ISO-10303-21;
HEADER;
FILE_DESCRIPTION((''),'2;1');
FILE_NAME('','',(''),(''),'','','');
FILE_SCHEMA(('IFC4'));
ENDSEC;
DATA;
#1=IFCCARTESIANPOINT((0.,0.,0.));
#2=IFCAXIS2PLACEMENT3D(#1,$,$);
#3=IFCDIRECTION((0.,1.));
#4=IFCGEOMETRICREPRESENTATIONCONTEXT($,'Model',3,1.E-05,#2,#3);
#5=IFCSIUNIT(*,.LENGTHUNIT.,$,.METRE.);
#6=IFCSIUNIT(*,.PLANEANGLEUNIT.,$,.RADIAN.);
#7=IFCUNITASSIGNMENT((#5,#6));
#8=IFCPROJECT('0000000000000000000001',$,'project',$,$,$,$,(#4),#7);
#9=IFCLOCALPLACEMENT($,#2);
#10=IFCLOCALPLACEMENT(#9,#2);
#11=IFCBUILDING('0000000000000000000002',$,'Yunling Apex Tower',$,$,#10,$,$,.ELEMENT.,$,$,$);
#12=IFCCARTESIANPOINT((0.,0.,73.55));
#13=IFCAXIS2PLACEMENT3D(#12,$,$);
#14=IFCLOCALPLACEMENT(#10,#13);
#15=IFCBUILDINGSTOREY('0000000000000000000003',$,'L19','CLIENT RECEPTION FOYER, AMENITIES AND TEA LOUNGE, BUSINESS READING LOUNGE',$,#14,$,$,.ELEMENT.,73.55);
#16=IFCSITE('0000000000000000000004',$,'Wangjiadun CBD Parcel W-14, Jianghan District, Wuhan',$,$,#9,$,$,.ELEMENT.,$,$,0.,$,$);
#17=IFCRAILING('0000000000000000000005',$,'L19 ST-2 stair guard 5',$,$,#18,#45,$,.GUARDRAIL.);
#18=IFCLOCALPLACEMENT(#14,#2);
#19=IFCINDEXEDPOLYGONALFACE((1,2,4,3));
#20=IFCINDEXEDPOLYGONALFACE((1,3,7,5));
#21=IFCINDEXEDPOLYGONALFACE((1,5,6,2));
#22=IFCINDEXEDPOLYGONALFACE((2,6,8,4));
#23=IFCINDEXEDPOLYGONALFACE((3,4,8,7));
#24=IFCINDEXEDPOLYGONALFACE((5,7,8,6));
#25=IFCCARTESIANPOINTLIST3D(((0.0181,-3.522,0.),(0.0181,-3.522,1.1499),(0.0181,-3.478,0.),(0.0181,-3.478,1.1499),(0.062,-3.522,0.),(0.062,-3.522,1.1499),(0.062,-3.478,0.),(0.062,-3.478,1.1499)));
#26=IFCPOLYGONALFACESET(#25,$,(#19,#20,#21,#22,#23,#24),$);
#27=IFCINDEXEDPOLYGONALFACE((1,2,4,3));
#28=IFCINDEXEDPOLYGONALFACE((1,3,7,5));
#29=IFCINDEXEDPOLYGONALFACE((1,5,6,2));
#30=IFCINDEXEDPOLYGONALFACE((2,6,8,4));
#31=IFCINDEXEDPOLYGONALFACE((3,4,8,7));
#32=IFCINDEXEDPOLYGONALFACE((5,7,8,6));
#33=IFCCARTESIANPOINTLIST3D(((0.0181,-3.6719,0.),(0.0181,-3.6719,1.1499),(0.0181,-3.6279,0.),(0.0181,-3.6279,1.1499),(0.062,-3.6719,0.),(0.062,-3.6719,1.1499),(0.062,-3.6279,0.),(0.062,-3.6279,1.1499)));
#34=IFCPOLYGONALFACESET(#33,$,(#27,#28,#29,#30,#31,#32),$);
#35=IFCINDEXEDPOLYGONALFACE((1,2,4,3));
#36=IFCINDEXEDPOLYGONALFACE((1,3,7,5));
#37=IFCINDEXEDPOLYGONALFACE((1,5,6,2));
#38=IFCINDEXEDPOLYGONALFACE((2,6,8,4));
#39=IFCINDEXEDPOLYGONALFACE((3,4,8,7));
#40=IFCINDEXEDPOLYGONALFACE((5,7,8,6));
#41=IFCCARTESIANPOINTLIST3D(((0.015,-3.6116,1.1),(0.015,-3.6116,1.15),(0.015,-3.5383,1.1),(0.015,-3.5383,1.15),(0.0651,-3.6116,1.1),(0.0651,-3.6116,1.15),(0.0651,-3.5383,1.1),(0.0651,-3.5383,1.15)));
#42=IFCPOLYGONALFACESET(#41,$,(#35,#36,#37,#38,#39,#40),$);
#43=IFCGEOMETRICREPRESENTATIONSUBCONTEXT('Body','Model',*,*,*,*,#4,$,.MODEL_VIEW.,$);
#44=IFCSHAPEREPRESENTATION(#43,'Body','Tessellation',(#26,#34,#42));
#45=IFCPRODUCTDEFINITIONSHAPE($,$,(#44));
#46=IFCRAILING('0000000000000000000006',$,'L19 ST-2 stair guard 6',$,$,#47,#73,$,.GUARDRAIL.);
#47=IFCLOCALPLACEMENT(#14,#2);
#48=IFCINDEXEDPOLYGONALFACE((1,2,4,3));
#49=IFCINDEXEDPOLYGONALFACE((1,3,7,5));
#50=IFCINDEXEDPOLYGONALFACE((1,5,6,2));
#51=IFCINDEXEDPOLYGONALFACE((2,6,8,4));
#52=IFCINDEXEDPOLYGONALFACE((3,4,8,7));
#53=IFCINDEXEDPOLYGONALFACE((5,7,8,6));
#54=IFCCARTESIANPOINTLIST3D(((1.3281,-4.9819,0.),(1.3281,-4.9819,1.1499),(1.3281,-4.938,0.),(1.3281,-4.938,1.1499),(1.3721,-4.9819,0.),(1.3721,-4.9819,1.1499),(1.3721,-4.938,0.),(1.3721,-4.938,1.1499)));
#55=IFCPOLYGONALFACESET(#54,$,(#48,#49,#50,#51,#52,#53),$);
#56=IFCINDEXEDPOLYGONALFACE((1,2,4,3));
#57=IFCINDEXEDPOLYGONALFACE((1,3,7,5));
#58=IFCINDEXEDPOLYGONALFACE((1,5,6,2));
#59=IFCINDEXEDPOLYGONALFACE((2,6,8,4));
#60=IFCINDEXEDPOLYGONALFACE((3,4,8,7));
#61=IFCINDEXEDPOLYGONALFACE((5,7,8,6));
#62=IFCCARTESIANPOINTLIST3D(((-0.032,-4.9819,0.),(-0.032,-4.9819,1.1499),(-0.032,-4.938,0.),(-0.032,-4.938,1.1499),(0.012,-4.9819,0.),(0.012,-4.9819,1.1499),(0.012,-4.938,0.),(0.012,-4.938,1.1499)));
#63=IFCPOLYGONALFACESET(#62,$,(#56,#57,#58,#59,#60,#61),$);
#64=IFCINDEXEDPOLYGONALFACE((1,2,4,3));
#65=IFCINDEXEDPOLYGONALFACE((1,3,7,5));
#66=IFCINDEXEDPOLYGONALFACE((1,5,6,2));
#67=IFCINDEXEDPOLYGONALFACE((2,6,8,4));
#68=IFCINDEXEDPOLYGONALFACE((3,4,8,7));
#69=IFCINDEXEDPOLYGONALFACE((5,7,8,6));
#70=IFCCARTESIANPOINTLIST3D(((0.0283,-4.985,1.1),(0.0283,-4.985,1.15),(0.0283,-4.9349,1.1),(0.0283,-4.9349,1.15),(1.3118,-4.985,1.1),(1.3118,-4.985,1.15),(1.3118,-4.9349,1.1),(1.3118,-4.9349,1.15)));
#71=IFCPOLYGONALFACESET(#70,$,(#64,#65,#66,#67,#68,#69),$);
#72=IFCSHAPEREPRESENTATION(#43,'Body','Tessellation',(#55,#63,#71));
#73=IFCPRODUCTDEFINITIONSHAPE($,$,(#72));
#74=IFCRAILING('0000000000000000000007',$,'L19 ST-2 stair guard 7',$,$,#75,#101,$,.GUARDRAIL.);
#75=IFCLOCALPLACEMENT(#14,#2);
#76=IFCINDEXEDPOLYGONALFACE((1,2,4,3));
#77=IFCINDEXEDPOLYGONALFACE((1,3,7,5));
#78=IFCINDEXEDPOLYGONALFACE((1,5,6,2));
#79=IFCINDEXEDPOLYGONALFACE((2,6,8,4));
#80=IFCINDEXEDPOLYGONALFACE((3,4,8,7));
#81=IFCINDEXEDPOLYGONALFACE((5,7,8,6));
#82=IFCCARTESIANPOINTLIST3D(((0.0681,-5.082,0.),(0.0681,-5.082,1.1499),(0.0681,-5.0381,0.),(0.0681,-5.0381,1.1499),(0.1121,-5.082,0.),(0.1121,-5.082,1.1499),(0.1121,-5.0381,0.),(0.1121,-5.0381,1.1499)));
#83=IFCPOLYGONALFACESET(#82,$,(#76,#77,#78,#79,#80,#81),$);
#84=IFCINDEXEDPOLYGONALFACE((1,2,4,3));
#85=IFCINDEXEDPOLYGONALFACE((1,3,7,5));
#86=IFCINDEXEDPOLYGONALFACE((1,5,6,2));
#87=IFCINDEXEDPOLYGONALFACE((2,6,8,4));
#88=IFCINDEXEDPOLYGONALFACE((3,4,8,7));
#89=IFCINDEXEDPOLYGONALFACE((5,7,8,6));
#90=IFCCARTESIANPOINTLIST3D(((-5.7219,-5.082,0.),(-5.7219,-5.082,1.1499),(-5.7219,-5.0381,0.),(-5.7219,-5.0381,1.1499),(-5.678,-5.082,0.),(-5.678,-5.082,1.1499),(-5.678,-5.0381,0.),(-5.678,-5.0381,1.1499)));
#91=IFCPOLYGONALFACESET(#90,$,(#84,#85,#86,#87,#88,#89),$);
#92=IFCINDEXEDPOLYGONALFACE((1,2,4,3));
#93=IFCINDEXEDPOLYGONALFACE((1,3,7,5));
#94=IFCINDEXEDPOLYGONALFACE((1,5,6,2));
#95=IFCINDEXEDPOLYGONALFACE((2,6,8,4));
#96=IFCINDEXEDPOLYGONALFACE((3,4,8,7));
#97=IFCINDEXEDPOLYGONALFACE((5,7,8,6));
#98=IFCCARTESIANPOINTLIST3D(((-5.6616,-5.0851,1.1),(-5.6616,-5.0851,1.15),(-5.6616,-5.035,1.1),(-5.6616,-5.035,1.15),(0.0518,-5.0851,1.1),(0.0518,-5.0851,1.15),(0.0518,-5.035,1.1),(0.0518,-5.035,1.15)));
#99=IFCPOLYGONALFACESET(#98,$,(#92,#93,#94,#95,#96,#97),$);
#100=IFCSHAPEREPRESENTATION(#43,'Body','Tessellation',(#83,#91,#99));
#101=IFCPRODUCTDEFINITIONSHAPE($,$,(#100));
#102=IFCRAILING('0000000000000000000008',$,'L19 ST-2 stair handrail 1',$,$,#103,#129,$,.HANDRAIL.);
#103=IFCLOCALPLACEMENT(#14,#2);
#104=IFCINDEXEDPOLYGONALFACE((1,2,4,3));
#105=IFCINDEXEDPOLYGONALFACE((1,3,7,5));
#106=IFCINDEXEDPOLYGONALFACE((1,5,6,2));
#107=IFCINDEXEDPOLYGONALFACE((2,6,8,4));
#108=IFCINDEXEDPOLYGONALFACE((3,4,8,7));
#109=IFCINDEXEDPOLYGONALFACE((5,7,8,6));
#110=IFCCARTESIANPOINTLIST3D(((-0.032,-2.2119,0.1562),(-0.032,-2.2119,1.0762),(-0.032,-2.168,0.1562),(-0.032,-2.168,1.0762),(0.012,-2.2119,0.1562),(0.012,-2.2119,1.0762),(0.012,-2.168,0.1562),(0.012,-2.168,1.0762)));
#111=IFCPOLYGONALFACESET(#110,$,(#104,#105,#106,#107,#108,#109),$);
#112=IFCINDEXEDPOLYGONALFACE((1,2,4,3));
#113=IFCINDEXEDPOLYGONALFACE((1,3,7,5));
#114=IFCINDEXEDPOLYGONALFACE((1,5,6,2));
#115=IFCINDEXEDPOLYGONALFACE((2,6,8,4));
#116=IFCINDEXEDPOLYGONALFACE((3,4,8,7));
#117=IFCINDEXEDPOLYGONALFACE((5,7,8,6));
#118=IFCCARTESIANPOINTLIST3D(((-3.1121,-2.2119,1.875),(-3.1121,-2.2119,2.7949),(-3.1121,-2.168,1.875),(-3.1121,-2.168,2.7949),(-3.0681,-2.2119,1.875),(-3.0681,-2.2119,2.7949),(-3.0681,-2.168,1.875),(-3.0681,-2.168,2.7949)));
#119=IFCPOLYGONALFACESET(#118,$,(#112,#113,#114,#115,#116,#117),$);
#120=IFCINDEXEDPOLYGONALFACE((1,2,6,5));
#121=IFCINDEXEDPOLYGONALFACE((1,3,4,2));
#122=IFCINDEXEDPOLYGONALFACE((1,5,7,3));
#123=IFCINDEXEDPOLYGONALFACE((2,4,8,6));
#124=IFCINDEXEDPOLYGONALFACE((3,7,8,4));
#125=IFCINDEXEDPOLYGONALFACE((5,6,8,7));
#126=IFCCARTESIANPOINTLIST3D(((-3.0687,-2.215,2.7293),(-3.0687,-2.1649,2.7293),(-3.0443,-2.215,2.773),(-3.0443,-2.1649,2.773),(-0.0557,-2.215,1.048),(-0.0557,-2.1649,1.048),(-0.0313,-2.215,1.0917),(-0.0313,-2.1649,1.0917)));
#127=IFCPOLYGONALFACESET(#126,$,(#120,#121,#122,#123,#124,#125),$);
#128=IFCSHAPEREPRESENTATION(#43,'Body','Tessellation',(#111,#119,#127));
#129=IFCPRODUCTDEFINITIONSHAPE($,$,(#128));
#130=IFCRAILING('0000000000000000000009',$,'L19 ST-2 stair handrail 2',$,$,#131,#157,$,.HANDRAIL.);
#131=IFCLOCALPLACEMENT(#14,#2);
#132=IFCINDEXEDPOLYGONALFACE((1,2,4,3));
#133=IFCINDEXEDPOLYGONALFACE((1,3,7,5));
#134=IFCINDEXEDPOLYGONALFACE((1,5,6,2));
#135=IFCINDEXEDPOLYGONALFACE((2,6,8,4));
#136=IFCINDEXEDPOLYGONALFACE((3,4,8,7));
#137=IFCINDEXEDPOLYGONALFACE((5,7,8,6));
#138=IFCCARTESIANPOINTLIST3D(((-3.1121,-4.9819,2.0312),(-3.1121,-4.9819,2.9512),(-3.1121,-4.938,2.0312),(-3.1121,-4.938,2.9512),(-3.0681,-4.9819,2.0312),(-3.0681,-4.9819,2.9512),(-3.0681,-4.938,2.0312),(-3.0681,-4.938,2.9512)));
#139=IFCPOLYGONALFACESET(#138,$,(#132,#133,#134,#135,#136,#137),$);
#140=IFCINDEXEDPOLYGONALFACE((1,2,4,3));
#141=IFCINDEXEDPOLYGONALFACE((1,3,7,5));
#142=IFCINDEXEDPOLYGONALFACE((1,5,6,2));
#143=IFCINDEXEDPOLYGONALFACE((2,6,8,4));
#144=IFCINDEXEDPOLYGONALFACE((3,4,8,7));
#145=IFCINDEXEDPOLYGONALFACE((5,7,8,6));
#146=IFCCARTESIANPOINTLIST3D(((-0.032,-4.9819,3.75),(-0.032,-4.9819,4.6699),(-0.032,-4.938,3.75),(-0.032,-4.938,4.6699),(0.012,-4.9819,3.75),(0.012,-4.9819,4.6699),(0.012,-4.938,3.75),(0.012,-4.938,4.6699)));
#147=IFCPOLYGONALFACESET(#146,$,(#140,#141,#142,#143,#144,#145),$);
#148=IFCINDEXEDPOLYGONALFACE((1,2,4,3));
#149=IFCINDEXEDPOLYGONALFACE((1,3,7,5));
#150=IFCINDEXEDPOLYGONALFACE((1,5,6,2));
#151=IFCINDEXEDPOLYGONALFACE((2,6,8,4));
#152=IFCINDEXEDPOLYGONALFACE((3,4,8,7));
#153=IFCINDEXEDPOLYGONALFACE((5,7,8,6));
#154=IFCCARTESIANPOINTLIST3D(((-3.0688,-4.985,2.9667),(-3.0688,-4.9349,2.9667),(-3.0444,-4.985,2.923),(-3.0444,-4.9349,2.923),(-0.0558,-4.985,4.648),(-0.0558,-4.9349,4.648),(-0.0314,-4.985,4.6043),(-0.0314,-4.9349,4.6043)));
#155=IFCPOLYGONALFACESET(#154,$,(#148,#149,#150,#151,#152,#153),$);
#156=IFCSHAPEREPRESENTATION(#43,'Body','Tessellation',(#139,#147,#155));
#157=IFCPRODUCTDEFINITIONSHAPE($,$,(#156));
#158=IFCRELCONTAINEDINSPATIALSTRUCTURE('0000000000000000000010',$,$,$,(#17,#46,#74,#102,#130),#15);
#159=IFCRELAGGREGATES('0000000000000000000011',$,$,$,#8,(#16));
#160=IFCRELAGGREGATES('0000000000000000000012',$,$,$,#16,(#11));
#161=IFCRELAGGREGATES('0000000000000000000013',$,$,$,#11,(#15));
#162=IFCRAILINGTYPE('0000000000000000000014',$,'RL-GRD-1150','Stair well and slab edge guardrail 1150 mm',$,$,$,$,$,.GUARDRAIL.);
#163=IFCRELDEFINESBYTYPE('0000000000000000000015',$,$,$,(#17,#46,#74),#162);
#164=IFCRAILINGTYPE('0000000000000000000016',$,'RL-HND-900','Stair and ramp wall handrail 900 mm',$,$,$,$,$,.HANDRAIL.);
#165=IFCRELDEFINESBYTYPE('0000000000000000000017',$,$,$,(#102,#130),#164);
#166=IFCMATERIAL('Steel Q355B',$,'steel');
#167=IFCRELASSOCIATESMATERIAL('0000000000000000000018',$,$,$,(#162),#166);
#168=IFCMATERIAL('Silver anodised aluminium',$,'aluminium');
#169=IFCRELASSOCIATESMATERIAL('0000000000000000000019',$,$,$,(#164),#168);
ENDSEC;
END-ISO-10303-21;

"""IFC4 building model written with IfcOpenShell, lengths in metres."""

from ifc_helpers import new_model, si_unit, direction, frame, origin, origin_2d, place, context, subcontext, project, spatial, rectangle, extrude, material, type_object, element, save


model = new_model("IFC4")

# Units and contexts
model_context = context("Model", 3, precision=1e-05, world=origin(), true_north=direction((0.0, 1.0)))
body_context = subcontext(model_context, "Body", "Model", "MODEL_VIEW")
ifc_project = project(units=[si_unit("LENGTHUNIT", "METRE"), si_unit("PLANEANGLEUNIT", "RADIAN")], contexts=[model_context])

# Site, building, storey
site_placement = place(None, origin())
site = spatial("IfcSite", under=ifc_project, at=site_placement, Name="Wangjiadun CBD Parcel W-14, Jianghan District, Wuhan", CompositionType="ELEMENT", RefElevation=0.0)
building_placement = place(site_placement, origin())
building = spatial("IfcBuilding", under=site, at=building_placement, Name="Yunling Apex Tower", CompositionType="ELEMENT")
storey_placement = place(building_placement, frame((0.0, 0.0, 73.55)))
storey = spatial("IfcBuildingStorey", under=building, at=storey_placement, Name="L19", Description="CLIENT RECEPTION FOYER, AMENITIES AND TEA LOUNGE, BUSINESS READING LOUNGE", CompositionType="ELEMENT", Elevation=73.55)

# Shared definitions
ifc_material_1 = material(Name="Steel Q355B", Category="steel")

# Railings
railing_type_1 = type_object("IfcRailingType", Name="RL-GRD-1150", Description="Stair well and slab edge guardrail 1150 mm", PredefinedType="GUARDRAIL", material=ifc_material_1)
railing_1_placement = place(storey_placement, frame((0.04, -3.5, 0.0)))
element("IfcRailing", 1, at=railing_1_placement, inside=storey, type_object=railing_type_1, Name="L19 ST-2 stair guard 5", PredefinedType="GUARDRAIL", context=body_context, shape_type="SweptSolid", body=[
    extrude(rectangle(XDim=0.0439, YDim=0.0439, at=origin_2d()), origin(), (0.0, 0.0, 1.0), 1.1499),
    extrude(rectangle(XDim=0.0439, YDim=0.0439, at=origin_2d()), frame((0.0, -0.1499, 0.0)), (0.0, 0.0, 1.0), 1.1499),
    extrude(rectangle(XDim=0.05, YDim=0.05, at=origin_2d()), frame((0.0, -0.0383, 1.125), z_axis=(0.0, -1.0, 0.0), x_axis=(1.0, 0.0, 0.0)), (0.0, 0.0, 1.0), 0.0732),
])
railing_2_placement = place(storey_placement, frame((1.3501, -4.96, 0.0)))
element("IfcRailing", 2, at=railing_2_placement, inside=storey, type_object=railing_type_1, Name="L19 ST-2 stair guard 6", PredefinedType="GUARDRAIL", context=body_context, shape_type="SweptSolid", body=[
    extrude(rectangle(XDim=0.0439, YDim=0.0439, at=origin_2d()), origin(), (0.0, 0.0, 1.0), 1.1499),
    extrude(rectangle(XDim=0.0439, YDim=0.0439, at=origin_2d()), frame((-1.3601, 0.0, 0.0)), (0.0, 0.0, 1.0), 1.1499),
    extrude(rectangle(XDim=0.05, YDim=0.05, at=origin_2d()), frame((-0.0383, 0.0, 1.125), z_axis=(-1.0, 0.0, 0.0), x_axis=(0.0, -1.0, 0.0)), (0.0, 0.0, 1.0), 1.2834),
])
railing_3_placement = place(storey_placement, frame((0.0901, -5.0601, 0.0)))
element("IfcRailing", 3, at=railing_3_placement, inside=storey, type_object=railing_type_1, Name="L19 ST-2 stair guard 7", PredefinedType="GUARDRAIL", context=body_context, shape_type="SweptSolid", body=[
    extrude(rectangle(XDim=0.0439, YDim=0.0439, at=origin_2d()), origin(), (0.0, 0.0, 1.0), 1.1499),
    extrude(rectangle(XDim=0.0439, YDim=0.0439, at=origin_2d()), frame((-5.79, 0.0, 0.0)), (0.0, 0.0, 1.0), 1.1499),
    extrude(rectangle(XDim=0.05, YDim=0.05, at=origin_2d()), frame((-0.0383, 0.0, 1.125), z_axis=(-1.0, 0.0, 0.0), x_axis=(0.0, -1.0, 0.0)), (0.0, 0.0, 1.0), 5.7134),
])
ifc_material_2 = material(Name="Silver anodised aluminium", Category="aluminium")
railing_type_2 = type_object("IfcRailingType", Name="RL-HND-900", Description="Stair and ramp wall handrail 900 mm", PredefinedType="HANDRAIL", material=ifc_material_2)
railing_4_placement = place(storey_placement, frame((-0.01, -2.1899, 0.1562)))
element("IfcRailing", 4, at=railing_4_placement, inside=storey, type_object=railing_type_2, Name="L19 ST-2 stair handrail 1", PredefinedType="HANDRAIL", context=body_context, shape_type="SweptSolid", body=[
    extrude(rectangle(XDim=0.0439, YDim=0.0439, at=origin_2d()), origin(), (0.0, 0.0, 1.0), 0.9199),
    extrude(rectangle(XDim=0.0439, YDim=0.0439, at=origin_2d()), frame((-3.0801, 0.0, 1.7188)), (0.0, 0.0, 1.0), 0.9199),
    extrude(rectangle(XDim=0.05, YDim=0.05, at=origin_2d()), frame((-0.0334, 0.0, 0.9136), z_axis=(-0.873242, 0.0, 0.487288), x_axis=(0.0, -1.0, 0.0)), (0.0, 0.0, 1.0), 3.4504),
])
railing_5_placement = place(storey_placement, frame((-3.0901, -4.96, 2.0312)))
element("IfcRailing", 5, at=railing_5_placement, inside=storey, type_object=railing_type_2, Name="L19 ST-2 stair handrail 2", PredefinedType="HANDRAIL", context=body_context, shape_type="SweptSolid", body=[
    extrude(rectangle(XDim=0.0439, YDim=0.0439, at=origin_2d()), origin(), (0.0, 0.0, 1.0), 0.9199),
    extrude(rectangle(XDim=0.0439, YDim=0.0439, at=origin_2d()), frame((3.0801, 0.0, 1.7188)), (0.0, 0.0, 1.0), 0.9199),
    extrude(rectangle(XDim=0.05, YDim=0.05, at=origin_2d()), frame((0.0334, 0.0, 0.9136), z_axis=(0.873242, 0.0, 0.487288), x_axis=(0.0, 1.0, 0.0)), (0.0, 0.0, 1.0), 3.4504),
])

save(model, "model.ifc")
